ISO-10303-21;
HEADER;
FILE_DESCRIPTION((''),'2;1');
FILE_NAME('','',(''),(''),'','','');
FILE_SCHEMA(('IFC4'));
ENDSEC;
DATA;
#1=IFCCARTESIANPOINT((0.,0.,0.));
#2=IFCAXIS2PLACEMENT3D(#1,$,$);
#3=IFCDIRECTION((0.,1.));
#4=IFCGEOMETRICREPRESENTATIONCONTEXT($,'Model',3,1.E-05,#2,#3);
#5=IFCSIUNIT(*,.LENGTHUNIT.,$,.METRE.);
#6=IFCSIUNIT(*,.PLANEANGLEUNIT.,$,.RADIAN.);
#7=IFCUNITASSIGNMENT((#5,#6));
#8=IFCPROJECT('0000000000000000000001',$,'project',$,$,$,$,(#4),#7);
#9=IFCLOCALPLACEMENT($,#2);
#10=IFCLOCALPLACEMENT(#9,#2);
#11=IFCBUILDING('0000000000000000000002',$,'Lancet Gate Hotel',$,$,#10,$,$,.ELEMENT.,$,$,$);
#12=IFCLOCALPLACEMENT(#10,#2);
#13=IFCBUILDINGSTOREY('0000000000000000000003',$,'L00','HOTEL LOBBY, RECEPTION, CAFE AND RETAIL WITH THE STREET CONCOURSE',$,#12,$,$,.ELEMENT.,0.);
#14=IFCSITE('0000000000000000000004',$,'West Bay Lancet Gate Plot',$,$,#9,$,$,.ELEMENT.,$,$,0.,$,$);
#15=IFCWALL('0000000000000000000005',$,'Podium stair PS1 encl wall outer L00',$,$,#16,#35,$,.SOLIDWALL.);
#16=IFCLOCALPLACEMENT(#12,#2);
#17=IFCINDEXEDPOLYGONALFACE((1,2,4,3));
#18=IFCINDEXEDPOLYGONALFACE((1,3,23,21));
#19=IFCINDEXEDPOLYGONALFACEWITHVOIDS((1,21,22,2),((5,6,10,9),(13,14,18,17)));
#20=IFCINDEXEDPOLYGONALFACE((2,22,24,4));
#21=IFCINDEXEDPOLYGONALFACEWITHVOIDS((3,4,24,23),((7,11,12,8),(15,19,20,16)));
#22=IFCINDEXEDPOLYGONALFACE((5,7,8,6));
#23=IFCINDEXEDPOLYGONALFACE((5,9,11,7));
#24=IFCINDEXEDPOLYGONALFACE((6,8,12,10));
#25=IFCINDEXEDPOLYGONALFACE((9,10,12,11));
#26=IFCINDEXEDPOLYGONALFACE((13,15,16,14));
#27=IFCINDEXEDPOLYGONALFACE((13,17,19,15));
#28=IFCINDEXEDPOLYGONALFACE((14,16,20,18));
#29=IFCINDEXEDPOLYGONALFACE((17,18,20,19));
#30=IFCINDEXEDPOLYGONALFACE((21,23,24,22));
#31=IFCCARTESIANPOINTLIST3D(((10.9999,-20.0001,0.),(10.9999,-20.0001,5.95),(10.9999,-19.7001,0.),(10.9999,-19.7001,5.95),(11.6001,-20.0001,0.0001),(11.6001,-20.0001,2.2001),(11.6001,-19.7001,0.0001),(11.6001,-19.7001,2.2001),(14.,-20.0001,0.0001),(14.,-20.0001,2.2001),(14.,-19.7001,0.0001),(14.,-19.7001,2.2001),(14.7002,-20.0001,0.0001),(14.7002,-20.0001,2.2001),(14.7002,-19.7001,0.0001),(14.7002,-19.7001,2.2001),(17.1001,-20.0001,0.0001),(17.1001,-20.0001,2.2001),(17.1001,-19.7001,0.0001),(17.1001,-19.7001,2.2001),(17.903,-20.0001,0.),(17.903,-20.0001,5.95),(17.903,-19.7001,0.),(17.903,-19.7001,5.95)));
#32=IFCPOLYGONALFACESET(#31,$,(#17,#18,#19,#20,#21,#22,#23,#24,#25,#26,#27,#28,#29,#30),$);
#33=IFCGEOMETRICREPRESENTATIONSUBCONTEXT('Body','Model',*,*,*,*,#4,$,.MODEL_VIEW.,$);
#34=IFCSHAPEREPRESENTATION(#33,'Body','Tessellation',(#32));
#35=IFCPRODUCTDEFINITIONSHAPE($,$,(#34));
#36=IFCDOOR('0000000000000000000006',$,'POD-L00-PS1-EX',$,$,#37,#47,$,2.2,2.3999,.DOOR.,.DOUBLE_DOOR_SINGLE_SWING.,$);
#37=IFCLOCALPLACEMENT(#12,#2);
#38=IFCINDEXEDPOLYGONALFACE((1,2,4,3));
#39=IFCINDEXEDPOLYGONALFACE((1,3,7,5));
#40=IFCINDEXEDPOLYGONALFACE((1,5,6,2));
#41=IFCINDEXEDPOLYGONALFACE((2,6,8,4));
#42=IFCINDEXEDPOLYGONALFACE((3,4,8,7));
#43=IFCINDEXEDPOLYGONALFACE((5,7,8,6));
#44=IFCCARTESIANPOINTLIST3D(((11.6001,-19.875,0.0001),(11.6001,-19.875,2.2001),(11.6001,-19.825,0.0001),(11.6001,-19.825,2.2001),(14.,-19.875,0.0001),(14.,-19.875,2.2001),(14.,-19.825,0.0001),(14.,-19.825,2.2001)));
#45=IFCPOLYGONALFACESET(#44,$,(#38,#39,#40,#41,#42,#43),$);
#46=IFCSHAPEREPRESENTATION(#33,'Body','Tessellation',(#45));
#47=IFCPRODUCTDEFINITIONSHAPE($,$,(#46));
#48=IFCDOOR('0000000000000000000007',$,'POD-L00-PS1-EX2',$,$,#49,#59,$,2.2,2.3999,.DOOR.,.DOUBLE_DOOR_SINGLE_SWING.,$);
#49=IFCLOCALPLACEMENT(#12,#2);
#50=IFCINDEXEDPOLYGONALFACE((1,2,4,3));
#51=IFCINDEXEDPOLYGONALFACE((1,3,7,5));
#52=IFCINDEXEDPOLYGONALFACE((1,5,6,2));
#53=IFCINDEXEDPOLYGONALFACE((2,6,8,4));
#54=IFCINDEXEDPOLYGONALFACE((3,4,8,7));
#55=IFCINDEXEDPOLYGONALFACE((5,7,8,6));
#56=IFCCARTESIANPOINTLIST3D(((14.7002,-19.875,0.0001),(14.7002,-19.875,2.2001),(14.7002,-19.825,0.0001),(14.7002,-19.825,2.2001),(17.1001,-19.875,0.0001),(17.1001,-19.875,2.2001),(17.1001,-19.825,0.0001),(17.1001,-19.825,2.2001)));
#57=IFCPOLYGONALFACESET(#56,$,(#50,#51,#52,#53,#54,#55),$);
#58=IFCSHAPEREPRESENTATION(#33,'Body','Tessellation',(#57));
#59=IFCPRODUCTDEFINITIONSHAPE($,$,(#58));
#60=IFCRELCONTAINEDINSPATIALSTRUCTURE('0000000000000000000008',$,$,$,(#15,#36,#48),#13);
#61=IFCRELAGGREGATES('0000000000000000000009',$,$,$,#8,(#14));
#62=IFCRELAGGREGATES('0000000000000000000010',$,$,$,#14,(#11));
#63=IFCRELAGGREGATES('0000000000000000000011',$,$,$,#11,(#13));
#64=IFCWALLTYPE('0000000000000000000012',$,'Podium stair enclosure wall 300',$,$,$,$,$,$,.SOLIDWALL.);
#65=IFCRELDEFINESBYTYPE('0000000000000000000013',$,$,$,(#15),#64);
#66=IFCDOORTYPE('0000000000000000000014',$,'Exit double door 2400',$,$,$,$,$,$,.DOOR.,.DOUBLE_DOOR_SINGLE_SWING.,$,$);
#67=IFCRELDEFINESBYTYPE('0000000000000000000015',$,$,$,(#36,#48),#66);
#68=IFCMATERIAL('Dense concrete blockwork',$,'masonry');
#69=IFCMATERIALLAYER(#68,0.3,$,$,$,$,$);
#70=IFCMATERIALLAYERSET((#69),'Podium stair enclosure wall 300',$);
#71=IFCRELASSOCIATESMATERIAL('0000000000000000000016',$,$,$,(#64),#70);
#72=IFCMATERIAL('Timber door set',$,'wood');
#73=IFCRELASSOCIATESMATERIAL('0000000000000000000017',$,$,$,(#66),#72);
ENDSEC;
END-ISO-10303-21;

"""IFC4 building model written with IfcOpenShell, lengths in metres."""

from ifc_helpers import new_model, si_unit, direction, frame, frame_2d, origin, place, context, subcontext, project, spatial, rectangle, extrude, material, layer, layer_set, type_object, element, fill, save


model = new_model("IFC4")

# Units and contexts
model_context = context("Model", 3, precision=1e-05, world=origin(), true_north=direction((0.0, 1.0)))
body_context = subcontext(model_context, "Body", "Model", "MODEL_VIEW")
ifc_project = project(units=[si_unit("LENGTHUNIT", "METRE"), si_unit("PLANEANGLEUNIT", "RADIAN")], contexts=[model_context])

# Site, building, storey
site_placement = place(None, origin())
site = spatial("IfcSite", under=ifc_project, at=site_placement, Name="West Bay Lancet Gate Plot", CompositionType="ELEMENT", RefElevation=0.0)
building_placement = place(site_placement, origin())
building = spatial("IfcBuilding", under=site, at=building_placement, Name="Lancet Gate Hotel", CompositionType="ELEMENT")
storey_placement = place(building_placement, origin())
storey = spatial("IfcBuildingStorey", under=building, at=storey_placement, Name="L00", Description="HOTEL LOBBY, RECEPTION, CAFE AND RETAIL WITH THE STREET CONCOURSE", CompositionType="ELEMENT", Elevation=0.0)

# Wall, openings, doors
ifc_material_1 = material(Name="Dense concrete blockwork", Category="masonry")
ifc_layer_1 = layer(ifc_material_1, 0.3)
ifc_layer_set_1 = layer_set([ifc_layer_1], Name="Podium stair enclosure wall 300")
wall_type = type_object("IfcWallType", Name="Podium stair enclosure wall 300", PredefinedType="SOLIDWALL", material=ifc_layer_set_1)
wall_placement = place(storey_placement, frame((17.9031, -19.8501, 0.0), z_axis=(0.0, 0.0, 1.0), x_axis=(-1.0, 0.0, 0.0)))
wall = element("IfcWall", 1, at=wall_placement, inside=storey, type_object=wall_type, Name="Podium stair PS1 encl wall outer L00", PredefinedType="SOLIDWALL", context=body_context, shape_type="SweptSolid", body=[
    extrude(rectangle(XDim=6.9031, YDim=0.3, at=frame_2d((3.4517, 0.0))), origin(), (0.0, 0.0, 1.0), 5.95),
])
opening_1_placement = place(wall_placement, frame((3.9031, 0.0, 0.0)))
opening_1 = element("IfcOpeningElement", 2, at=opening_1_placement, cuts=wall, PredefinedType="OPENING", context=body_context, shape_type="SweptSolid", body=[
    extrude(rectangle(XDim=2.3999, YDim=2.2, at=frame_2d((1.2, 1.1001))), frame((0.0, 0.1599, 0.0), z_axis=(0.0, -1.0, 0.0), x_axis=(1.0, 0.0, 0.0)), (0.0, 0.0, 1.0), 0.3201),
])
opening_2_placement = place(wall_placement, frame((0.803, 0.0, 0.0)))
opening_2 = element("IfcOpeningElement", 3, at=opening_2_placement, cuts=wall, PredefinedType="OPENING", context=body_context, shape_type="SweptSolid", body=[
    extrude(rectangle(XDim=2.3999, YDim=2.2, at=frame_2d((1.2, 1.1001))), frame((0.0, 0.1599, 0.0), z_axis=(0.0, -1.0, 0.0), x_axis=(1.0, 0.0, 0.0)), (0.0, 0.0, 1.0), 0.3201),
])
ifc_material_2 = material(Name="Timber door set", Category="wood")
door_type = type_object("IfcDoorType", Name="Exit double door 2400", OperationType="DOUBLE_DOOR_SINGLE_SWING", PredefinedType="DOOR", material=ifc_material_2)
door_1_placement = place(opening_1_placement, origin())
door_1 = element("IfcDoor", 4, at=door_1_placement, inside=storey, type_object=door_type, Name="POD-L00-PS1-EX", OperationType="DOUBLE_DOOR_SINGLE_SWING", OverallHeight=2.2, OverallWidth=2.3999, PredefinedType="DOOR", context=body_context, shape_type="SweptSolid", body=[
    extrude(rectangle(XDim=2.3999, YDim=2.2, at=frame_2d((1.2, 1.1001))), frame((0.0, 0.0249, 0.0), z_axis=(0.0, -1.0, 0.0), x_axis=(1.0, 0.0, 0.0)), (0.0, 0.0, 1.0), 0.05),
])
fill(opening_1, door_1)
door_2_placement = place(opening_2_placement, origin())
door_2 = element("IfcDoor", 5, at=door_2_placement, inside=storey, type_object=door_type, Name="POD-L00-PS1-EX2", OperationType="DOUBLE_DOOR_SINGLE_SWING", OverallHeight=2.2, OverallWidth=2.3999, PredefinedType="DOOR", context=body_context, shape_type="SweptSolid", body=[
    extrude(rectangle(XDim=2.3999, YDim=2.2, at=frame_2d((1.2, 1.1001))), frame((0.0, 0.0249, 0.0), z_axis=(0.0, -1.0, 0.0), x_axis=(1.0, 0.0, 0.0)), (0.0, 0.0, 1.0), 0.05),
])
fill(opening_2, door_2)

save(model, "model.ifc")
